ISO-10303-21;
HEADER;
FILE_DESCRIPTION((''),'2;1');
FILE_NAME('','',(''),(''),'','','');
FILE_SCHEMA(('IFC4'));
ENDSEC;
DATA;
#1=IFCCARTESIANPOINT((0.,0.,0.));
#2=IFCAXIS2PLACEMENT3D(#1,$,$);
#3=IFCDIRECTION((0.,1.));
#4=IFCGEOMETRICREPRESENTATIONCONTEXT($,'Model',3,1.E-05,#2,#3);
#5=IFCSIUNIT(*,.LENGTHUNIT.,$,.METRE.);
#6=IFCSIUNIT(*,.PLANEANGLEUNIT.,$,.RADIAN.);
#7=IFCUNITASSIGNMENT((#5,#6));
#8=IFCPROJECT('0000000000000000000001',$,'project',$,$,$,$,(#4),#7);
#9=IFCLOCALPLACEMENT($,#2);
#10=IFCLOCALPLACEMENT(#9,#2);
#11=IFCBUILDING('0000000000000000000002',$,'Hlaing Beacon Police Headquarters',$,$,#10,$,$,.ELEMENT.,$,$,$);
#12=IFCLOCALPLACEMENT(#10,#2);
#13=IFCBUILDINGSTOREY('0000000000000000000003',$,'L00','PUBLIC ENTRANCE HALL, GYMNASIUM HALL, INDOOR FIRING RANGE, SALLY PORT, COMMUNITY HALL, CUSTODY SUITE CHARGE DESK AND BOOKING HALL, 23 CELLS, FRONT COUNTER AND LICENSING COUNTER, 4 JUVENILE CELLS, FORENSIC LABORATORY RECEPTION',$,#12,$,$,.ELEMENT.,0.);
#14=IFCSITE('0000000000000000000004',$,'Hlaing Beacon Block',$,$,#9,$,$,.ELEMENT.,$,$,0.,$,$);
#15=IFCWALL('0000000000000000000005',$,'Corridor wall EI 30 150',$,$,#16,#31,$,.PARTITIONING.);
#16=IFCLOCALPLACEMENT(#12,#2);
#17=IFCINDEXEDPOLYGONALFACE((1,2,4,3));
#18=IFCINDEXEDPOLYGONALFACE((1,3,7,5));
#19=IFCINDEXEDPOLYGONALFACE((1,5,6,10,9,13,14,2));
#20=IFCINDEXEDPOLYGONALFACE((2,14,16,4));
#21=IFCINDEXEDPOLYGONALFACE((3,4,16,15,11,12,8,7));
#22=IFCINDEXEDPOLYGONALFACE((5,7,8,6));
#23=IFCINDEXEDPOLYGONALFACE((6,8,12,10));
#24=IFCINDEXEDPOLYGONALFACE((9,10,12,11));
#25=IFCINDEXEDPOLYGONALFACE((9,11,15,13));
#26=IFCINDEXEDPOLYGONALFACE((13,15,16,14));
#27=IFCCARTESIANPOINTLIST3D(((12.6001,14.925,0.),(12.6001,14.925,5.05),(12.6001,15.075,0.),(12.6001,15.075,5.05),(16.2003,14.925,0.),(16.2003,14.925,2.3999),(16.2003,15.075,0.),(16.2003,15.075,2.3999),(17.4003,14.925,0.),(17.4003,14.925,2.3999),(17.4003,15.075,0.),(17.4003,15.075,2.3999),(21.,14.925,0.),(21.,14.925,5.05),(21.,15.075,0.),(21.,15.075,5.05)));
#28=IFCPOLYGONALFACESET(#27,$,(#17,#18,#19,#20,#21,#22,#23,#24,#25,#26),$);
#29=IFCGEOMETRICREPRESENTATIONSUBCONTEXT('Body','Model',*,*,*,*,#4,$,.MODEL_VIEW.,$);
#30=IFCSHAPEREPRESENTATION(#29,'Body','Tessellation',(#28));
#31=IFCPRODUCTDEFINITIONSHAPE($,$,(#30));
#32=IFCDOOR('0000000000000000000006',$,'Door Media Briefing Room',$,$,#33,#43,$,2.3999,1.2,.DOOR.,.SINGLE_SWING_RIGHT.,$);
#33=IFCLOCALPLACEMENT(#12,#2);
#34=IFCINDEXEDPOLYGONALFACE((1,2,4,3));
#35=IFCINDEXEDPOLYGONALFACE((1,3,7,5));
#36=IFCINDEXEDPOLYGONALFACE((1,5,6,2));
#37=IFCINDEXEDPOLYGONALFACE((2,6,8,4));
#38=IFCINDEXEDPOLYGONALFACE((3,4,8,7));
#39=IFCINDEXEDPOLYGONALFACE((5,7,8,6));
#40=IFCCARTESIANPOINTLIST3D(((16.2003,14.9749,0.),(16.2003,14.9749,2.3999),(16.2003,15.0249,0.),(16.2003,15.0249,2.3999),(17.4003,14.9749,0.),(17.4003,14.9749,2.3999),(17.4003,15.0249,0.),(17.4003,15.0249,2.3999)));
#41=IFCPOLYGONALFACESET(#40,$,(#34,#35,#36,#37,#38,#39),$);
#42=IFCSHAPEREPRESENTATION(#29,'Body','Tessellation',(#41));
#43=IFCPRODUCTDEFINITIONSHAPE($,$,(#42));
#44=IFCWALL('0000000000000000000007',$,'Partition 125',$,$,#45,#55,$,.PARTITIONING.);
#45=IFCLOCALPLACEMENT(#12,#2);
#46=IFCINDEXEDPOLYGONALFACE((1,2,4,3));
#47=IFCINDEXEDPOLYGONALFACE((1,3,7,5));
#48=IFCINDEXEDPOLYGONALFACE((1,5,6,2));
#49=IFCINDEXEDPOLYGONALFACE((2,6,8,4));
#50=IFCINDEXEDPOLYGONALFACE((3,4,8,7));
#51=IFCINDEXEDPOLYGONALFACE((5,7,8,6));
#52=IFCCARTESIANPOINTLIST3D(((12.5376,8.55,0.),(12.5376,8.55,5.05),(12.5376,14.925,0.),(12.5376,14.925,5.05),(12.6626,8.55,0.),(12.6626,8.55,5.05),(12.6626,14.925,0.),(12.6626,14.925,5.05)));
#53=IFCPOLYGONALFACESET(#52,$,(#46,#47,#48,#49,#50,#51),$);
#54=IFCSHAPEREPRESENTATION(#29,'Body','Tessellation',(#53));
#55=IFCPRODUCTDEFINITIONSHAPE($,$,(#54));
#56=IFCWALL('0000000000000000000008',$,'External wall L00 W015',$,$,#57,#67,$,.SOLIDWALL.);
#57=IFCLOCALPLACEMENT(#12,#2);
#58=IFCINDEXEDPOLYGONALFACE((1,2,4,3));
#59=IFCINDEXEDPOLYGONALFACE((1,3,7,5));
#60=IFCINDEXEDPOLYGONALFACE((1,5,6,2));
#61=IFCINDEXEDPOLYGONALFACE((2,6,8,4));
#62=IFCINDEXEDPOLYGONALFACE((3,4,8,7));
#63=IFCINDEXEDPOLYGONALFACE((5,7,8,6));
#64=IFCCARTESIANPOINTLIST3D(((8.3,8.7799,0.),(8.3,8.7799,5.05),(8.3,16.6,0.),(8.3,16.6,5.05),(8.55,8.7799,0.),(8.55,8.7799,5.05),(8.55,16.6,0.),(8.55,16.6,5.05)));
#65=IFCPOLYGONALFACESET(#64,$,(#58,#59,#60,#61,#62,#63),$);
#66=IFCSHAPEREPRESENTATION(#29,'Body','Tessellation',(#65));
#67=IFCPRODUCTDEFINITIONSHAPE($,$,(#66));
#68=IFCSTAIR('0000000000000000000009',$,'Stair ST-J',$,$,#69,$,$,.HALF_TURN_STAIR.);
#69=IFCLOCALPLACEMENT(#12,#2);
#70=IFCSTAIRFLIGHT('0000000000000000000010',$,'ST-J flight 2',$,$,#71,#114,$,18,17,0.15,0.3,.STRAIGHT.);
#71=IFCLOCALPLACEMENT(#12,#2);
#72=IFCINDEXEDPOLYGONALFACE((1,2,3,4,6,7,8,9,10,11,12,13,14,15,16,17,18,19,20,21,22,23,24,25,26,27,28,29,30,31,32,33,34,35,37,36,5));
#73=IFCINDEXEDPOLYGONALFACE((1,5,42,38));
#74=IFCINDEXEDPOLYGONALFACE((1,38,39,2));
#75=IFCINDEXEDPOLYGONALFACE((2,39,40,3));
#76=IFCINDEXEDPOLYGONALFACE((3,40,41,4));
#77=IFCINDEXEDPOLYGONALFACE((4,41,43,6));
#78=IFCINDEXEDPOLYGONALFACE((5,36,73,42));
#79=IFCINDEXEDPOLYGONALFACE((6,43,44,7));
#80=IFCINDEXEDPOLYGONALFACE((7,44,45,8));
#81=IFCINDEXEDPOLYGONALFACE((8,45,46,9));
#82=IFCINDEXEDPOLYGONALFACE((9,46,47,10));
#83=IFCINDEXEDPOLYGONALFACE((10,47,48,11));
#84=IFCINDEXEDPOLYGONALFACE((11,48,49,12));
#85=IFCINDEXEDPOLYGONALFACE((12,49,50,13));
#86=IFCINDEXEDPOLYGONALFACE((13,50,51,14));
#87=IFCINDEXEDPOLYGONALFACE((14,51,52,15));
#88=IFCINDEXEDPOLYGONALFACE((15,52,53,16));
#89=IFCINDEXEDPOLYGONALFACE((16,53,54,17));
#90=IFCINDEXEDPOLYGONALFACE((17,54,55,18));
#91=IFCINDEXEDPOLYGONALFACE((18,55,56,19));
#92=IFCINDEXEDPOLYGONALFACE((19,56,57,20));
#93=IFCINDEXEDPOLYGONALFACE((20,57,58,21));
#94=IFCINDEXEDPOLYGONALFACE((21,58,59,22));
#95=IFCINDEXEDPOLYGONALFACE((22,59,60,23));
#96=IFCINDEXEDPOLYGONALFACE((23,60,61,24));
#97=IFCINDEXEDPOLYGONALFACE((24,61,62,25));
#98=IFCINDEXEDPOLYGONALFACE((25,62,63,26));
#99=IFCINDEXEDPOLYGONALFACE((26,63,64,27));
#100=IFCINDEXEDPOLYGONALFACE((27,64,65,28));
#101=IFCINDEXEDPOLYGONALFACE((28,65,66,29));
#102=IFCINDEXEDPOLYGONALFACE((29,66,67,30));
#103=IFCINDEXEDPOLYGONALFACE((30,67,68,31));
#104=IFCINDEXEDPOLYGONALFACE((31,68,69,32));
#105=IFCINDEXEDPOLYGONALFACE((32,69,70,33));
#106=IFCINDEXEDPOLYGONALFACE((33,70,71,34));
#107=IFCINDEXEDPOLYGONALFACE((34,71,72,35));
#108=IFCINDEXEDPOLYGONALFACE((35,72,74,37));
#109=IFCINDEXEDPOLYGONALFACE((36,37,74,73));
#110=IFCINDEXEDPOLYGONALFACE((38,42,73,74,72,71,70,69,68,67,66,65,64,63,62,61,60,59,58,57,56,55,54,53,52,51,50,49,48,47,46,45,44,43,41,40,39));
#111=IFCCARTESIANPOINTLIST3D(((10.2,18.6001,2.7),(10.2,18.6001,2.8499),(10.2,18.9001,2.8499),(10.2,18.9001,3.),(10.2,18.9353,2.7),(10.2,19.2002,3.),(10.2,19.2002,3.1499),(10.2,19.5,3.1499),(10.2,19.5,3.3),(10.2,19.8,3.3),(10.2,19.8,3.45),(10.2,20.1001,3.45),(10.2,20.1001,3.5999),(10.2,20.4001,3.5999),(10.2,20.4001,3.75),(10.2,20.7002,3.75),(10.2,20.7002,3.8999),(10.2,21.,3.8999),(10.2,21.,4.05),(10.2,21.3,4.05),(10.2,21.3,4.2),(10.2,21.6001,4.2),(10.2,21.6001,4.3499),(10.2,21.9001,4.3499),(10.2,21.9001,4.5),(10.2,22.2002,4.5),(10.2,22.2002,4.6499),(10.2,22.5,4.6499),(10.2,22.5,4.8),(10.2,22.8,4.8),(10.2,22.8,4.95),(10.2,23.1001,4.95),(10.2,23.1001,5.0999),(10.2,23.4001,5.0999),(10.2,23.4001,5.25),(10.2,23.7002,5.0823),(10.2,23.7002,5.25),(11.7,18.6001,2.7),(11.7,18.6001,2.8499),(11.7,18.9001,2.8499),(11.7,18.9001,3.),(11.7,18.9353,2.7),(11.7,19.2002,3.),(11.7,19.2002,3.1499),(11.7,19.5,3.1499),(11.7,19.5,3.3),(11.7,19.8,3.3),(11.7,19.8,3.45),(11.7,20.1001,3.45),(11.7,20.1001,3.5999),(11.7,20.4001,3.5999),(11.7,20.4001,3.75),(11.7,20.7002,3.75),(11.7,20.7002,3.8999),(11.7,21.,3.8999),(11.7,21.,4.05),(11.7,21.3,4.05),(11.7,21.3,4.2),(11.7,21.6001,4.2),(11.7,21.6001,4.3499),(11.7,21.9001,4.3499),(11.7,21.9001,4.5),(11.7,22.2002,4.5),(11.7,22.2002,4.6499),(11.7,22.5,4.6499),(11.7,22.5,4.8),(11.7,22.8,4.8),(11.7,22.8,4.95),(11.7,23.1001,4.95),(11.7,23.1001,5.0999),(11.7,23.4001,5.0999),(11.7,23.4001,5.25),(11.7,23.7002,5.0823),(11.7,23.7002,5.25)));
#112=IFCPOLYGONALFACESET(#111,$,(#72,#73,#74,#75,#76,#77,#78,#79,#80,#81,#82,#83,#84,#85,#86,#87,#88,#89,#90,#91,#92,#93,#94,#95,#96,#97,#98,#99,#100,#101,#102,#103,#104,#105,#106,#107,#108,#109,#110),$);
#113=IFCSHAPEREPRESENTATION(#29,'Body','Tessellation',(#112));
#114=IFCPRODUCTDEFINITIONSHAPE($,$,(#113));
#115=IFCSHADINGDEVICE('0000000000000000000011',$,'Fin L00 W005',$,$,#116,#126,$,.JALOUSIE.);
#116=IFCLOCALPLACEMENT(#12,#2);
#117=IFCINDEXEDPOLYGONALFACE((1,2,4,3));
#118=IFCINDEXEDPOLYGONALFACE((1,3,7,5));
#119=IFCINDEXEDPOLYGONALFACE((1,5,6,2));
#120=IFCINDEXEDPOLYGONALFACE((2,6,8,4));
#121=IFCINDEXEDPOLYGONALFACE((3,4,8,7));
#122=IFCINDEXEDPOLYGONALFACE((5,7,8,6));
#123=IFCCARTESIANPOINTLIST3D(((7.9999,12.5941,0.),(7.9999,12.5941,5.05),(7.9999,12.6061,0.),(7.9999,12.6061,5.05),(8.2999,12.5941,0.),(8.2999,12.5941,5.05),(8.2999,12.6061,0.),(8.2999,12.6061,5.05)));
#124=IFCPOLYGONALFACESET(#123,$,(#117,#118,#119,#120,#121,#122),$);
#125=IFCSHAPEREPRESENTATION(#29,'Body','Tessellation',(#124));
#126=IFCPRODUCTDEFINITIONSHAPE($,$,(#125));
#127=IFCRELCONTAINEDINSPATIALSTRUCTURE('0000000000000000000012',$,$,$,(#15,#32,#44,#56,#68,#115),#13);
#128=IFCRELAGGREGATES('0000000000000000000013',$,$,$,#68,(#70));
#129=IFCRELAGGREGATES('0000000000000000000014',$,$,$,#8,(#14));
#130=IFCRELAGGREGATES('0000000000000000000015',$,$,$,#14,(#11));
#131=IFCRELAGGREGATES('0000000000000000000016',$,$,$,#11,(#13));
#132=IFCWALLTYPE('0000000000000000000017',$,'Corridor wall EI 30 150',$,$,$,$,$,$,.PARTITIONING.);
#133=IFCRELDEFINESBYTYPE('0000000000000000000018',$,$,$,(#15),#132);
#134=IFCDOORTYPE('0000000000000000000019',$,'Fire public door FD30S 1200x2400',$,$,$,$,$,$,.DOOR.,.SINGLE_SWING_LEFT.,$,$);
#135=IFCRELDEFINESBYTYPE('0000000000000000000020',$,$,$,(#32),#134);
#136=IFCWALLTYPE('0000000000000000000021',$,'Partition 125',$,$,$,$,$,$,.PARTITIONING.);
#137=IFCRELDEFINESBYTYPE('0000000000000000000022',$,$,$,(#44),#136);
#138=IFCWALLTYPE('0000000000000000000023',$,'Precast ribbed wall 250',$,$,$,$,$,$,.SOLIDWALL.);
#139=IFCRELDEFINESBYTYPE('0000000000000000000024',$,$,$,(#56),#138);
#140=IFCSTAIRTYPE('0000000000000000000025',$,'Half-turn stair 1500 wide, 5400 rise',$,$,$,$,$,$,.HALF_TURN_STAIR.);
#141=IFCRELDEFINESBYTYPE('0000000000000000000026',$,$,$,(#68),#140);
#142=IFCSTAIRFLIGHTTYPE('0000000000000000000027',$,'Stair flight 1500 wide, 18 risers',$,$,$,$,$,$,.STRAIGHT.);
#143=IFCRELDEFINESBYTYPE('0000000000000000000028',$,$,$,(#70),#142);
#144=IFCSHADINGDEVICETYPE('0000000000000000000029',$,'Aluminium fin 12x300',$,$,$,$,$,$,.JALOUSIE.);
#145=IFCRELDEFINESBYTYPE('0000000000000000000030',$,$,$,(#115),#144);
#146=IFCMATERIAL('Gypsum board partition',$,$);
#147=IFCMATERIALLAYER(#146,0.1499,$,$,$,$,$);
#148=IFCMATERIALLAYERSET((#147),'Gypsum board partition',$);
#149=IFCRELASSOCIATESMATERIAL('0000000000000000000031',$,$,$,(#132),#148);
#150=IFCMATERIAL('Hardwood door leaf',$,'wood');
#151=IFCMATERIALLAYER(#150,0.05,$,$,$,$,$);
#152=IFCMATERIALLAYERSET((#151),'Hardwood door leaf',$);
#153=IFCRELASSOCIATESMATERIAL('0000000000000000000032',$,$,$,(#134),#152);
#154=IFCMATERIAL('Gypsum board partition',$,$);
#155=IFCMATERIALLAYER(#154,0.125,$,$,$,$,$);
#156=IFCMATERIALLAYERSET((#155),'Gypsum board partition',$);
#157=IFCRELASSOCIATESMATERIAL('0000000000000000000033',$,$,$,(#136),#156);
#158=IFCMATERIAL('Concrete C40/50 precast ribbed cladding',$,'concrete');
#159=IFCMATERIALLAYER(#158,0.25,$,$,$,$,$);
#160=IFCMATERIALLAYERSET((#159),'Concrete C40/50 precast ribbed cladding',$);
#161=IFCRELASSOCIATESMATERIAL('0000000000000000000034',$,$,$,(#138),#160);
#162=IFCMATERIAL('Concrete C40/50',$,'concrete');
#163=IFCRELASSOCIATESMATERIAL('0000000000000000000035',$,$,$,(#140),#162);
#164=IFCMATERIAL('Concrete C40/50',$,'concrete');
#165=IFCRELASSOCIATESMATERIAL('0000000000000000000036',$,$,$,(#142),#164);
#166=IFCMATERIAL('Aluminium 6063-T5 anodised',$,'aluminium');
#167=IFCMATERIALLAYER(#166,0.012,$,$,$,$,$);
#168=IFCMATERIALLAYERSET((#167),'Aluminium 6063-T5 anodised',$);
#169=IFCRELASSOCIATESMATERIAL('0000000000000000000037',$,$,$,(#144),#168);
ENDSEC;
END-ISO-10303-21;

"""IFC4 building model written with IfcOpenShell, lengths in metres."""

from ifc_helpers import new_model, si_unit, direction, frame, frame_2d, origin, origin_2d, place, context, subcontext, project, spatial, polyline, rectangle, outline, extrude, material, layer, layer_set, type_object, element, fill, aggregate, save


model = new_model("IFC4")

# Units and contexts
model_context = context("Model", 3, precision=1e-05, world=origin(), true_north=direction((0.0, 1.0)))
body_context = subcontext(model_context, "Body", "Model", "MODEL_VIEW")
ifc_project = project(units=[si_unit("LENGTHUNIT", "METRE"), si_unit("PLANEANGLEUNIT", "RADIAN")], contexts=[model_context])

# Site, building, storey
site_placement = place(None, origin())
site = spatial("IfcSite", under=ifc_project, at=site_placement, Name="Hlaing Beacon Block", CompositionType="ELEMENT", RefElevation=0.0)
building_placement = place(site_placement, origin())
building = spatial("IfcBuilding", under=site, at=building_placement, Name="Hlaing Beacon Police Headquarters", CompositionType="ELEMENT")
storey_placement = place(building_placement, origin())
storey = spatial("IfcBuildingStorey", under=building, at=storey_placement, Name="L00", Description="PUBLIC ENTRANCE HALL, GYMNASIUM HALL, INDOOR FIRING RANGE, SALLY PORT, COMMUNITY HALL, CUSTODY SUITE CHARGE DESK AND BOOKING HALL, 23 CELLS, FRONT COUNTER AND LICENSING COUNTER, 4 JUVENILE CELLS, FORENSIC LABORATORY RECEPTION", CompositionType="ELEMENT", Elevation=0.0)

# Wall, opening, door
ifc_material_1 = material(Name="Gypsum board partition")
ifc_layer_1 = layer(ifc_material_1, 0.1499)
ifc_layer_set_1 = layer_set([ifc_layer_1], Name="Gypsum board partition")
wall_type_1 = type_object("IfcWallType", Name="Corridor wall EI 30 150", PredefinedType="PARTITIONING", material=ifc_layer_set_1)
wall_1_placement = place(storey_placement, frame((12.6001, 15.0, 0.0), z_axis=(0.0, 0.0, 1.0), x_axis=(1.0, 0.0, 0.0)))
wall_1 = element("IfcWall", 1, at=wall_1_placement, inside=storey, type_object=wall_type_1, Name="Corridor wall EI 30 150", PredefinedType="PARTITIONING", context=body_context, shape_type="SweptSolid", body=[
    extrude(rectangle(XDim=8.3999, YDim=0.1499, at=frame_2d((4.2, 0.0))), origin(), (0.0, 0.0, 1.0), 5.05),
])
opening_1_placement = place(wall_1_placement, frame((3.6001, 0.0, 0.0)))
opening_1 = element("IfcOpeningElement", 2, at=opening_1_placement, cuts=wall_1, PredefinedType="OPENING", context=body_context, shape_type="SweptSolid", body=[
    extrude(rectangle(XDim=1.2, YDim=2.3999, at=frame_2d((0.6001, 1.2))), frame((0.0, 0.085, 0.0), z_axis=(0.0, -1.0, 0.0), x_axis=(1.0, 0.0, 0.0)), (0.0, 0.0, 1.0), 0.1699),
])
ifc_material_2 = material(Name="Hardwood door leaf", Category="wood")
ifc_layer_2 = layer(ifc_material_2, 0.05)
ifc_layer_set_2 = layer_set([ifc_layer_2], Name="Hardwood door leaf")
door_type_1 = type_object("IfcDoorType", Name="Fire public door FD30S 1200x2400", OperationType="SINGLE_SWING_LEFT", PredefinedType="DOOR", material=ifc_layer_set_2)
door_1_placement = place(opening_1_placement, frame((1.2, 0.0, 0.0), z_axis=(0.0, 0.0, 1.0), x_axis=(-1.0, 0.0, 0.0)))
door_1 = element("IfcDoor", 3, at=door_1_placement, inside=storey, type_object=door_type_1, Name="Door Media Briefing Room", OperationType="SINGLE_SWING_RIGHT", OverallHeight=2.3999, OverallWidth=1.2, PredefinedType="DOOR", context=body_context, shape_type="SweptSolid", body=[
    extrude(rectangle(XDim=1.2, YDim=2.3999, at=frame_2d((0.5999, 1.2))), frame((0.0, 0.0251, 0.0), z_axis=(0.0, -1.0, 0.0), x_axis=(1.0, 0.0, 0.0)), (0.0, 0.0, 1.0), 0.05),
])
fill(opening_1, door_1)

# Walls
ifc_material_3 = material(Name="Gypsum board partition")
ifc_layer_3 = layer(ifc_material_3, 0.125)
ifc_layer_set_3 = layer_set([ifc_layer_3], Name="Gypsum board partition")
wall_type_2 = type_object("IfcWallType", Name="Partition 125", PredefinedType="PARTITIONING", material=ifc_layer_set_3)
wall_2_placement = place(storey_placement, frame((12.6001, 8.55, 0.0), z_axis=(0.0, 0.0, 1.0), x_axis=(0.0, 1.0, 0.0)))
element("IfcWall", 4, at=wall_2_placement, inside=storey, type_object=wall_type_2, Name="Partition 125", PredefinedType="PARTITIONING", context=body_context, shape_type="SweptSolid", body=[
    extrude(rectangle(XDim=6.375, YDim=0.125, at=frame_2d((3.1875, 0.0))), origin(), (0.0, 0.0, 1.0), 5.05),
])
ifc_material_4 = material(Name="Concrete C40/50 precast ribbed cladding", Category="concrete")
ifc_layer_4 = layer(ifc_material_4, 0.25)
ifc_layer_set_4 = layer_set([ifc_layer_4], Name="Concrete C40/50 precast ribbed cladding")
wall_type_3 = type_object("IfcWallType", Name="Precast ribbed wall 250", PredefinedType="SOLIDWALL", material=ifc_layer_set_4)
wall_3_placement = place(storey_placement, frame((8.425, 16.6001, 0.0), z_axis=(0.0, 0.0, 1.0), x_axis=(0.0, -1.0, 0.0)))
element("IfcWall", 5, at=wall_3_placement, inside=storey, type_object=wall_type_3, Name="External wall L00 W015", PredefinedType="SOLIDWALL", context=body_context, shape_type="SweptSolid", body=[
    extrude(rectangle(XDim=7.8201, YDim=0.25, at=frame_2d((3.9102, 0.0))), origin(), (0.0, 0.0, 1.0), 5.05),
])

# Stair, stair flight
ifc_material_5 = material(Name="Concrete C40/50", Category="concrete")
stair_type = type_object("IfcStairType", Name="Half-turn stair 1500 wide, 5400 rise", PredefinedType="HALF_TURN_STAIR", material=ifc_material_5)
stair_placement = place(storey_placement, origin())
stair = element("IfcStair", 6, at=stair_placement, inside=storey, type_object=stair_type, Name="Stair ST-J", PredefinedType="HALF_TURN_STAIR")
ifc_material_6 = material(Name="Concrete C40/50", Category="concrete")
stair_flight_type = type_object("IfcStairFlightType", Name="Stair flight 1500 wide, 18 risers", PredefinedType="STRAIGHT", material=ifc_material_6)
stair_flight_placement = place(storey_placement, frame((10.95, 18.6001, 2.7), z_axis=(0.0, 0.0, 1.0), x_axis=(0.0, 1.0, 0.0)))
stair_flight = element("IfcStairFlight", 7, at=stair_flight_placement, type_object=stair_flight_type, Name="ST-J flight 2", NumberOfRisers=18, NumberOfTreads=17, PredefinedType="STRAIGHT", RiserHeight=0.15, TreadLength=0.3, context=body_context, shape_type="SweptSolid", body=[
    extrude(outline(polyline([(0.0, 0.0), (0.0, 0.1499), (0.3, 0.1499), (0.3, 0.3), (0.6001, 0.3), (0.6001, 0.45), (0.8999, 0.45), (0.8999, 0.6001), (1.2, 0.6001), (1.2, 0.75), (1.5, 0.75), (1.5, 0.8999), (1.8, 0.8999), (1.8, 1.05), (2.1001, 1.05), (2.1001, 1.2), (2.3999, 1.2), (2.3999, 1.3501), (2.7, 1.3501), (2.7, 1.5), (3.0, 1.5), (3.0, 1.6499), (3.3, 1.6499), (3.3, 1.8), (3.6001, 1.8), (3.6001, 1.95), (3.8999, 1.95), (3.8999, 2.1001), (4.2, 2.1001), (4.2, 2.25), (4.5, 2.25), (4.5, 2.3999), (4.8, 2.3999), (4.8, 2.55), (5.1001, 2.55), (5.1001, 2.7), (5.1001, 2.3823), (0.3352, 0.0), (0.0, 0.0)])), frame((0.0, 0.75, 0.0), z_axis=(0.0, -1.0, 0.0), x_axis=(1.0, 0.0, 0.0)), (0.0, 0.0, 1.0), 1.5),
])
aggregate(stair, [stair_flight])

# Shading device
ifc_material_7 = material(Name="Aluminium 6063-T5 anodised", Category="aluminium")
ifc_layer_5 = layer(ifc_material_7, 0.012)
ifc_layer_set_5 = layer_set([ifc_layer_5], Name="Aluminium 6063-T5 anodised")
shading_device_type = type_object("IfcShadingDeviceType", Name="Aluminium fin 12x300", PredefinedType="JALOUSIE", material=ifc_layer_set_5)
shading_device_placement = place(storey_placement, frame((8.1499, 12.6001, 0.0), z_axis=(0.0, 0.0, 1.0), x_axis=(0.0, -1.0, 0.0)))
element("IfcShadingDevice", 8, at=shading_device_placement, inside=storey, type_object=shading_device_type, Name="Fin L00 W005", PredefinedType="JALOUSIE", context=body_context, shape_type="SweptSolid", body=[
    extrude(rectangle(XDim=0.012, YDim=0.3, at=origin_2d()), origin(), (0.0, 0.0, 1.0), 5.05),
])

save(model, "model.ifc")
